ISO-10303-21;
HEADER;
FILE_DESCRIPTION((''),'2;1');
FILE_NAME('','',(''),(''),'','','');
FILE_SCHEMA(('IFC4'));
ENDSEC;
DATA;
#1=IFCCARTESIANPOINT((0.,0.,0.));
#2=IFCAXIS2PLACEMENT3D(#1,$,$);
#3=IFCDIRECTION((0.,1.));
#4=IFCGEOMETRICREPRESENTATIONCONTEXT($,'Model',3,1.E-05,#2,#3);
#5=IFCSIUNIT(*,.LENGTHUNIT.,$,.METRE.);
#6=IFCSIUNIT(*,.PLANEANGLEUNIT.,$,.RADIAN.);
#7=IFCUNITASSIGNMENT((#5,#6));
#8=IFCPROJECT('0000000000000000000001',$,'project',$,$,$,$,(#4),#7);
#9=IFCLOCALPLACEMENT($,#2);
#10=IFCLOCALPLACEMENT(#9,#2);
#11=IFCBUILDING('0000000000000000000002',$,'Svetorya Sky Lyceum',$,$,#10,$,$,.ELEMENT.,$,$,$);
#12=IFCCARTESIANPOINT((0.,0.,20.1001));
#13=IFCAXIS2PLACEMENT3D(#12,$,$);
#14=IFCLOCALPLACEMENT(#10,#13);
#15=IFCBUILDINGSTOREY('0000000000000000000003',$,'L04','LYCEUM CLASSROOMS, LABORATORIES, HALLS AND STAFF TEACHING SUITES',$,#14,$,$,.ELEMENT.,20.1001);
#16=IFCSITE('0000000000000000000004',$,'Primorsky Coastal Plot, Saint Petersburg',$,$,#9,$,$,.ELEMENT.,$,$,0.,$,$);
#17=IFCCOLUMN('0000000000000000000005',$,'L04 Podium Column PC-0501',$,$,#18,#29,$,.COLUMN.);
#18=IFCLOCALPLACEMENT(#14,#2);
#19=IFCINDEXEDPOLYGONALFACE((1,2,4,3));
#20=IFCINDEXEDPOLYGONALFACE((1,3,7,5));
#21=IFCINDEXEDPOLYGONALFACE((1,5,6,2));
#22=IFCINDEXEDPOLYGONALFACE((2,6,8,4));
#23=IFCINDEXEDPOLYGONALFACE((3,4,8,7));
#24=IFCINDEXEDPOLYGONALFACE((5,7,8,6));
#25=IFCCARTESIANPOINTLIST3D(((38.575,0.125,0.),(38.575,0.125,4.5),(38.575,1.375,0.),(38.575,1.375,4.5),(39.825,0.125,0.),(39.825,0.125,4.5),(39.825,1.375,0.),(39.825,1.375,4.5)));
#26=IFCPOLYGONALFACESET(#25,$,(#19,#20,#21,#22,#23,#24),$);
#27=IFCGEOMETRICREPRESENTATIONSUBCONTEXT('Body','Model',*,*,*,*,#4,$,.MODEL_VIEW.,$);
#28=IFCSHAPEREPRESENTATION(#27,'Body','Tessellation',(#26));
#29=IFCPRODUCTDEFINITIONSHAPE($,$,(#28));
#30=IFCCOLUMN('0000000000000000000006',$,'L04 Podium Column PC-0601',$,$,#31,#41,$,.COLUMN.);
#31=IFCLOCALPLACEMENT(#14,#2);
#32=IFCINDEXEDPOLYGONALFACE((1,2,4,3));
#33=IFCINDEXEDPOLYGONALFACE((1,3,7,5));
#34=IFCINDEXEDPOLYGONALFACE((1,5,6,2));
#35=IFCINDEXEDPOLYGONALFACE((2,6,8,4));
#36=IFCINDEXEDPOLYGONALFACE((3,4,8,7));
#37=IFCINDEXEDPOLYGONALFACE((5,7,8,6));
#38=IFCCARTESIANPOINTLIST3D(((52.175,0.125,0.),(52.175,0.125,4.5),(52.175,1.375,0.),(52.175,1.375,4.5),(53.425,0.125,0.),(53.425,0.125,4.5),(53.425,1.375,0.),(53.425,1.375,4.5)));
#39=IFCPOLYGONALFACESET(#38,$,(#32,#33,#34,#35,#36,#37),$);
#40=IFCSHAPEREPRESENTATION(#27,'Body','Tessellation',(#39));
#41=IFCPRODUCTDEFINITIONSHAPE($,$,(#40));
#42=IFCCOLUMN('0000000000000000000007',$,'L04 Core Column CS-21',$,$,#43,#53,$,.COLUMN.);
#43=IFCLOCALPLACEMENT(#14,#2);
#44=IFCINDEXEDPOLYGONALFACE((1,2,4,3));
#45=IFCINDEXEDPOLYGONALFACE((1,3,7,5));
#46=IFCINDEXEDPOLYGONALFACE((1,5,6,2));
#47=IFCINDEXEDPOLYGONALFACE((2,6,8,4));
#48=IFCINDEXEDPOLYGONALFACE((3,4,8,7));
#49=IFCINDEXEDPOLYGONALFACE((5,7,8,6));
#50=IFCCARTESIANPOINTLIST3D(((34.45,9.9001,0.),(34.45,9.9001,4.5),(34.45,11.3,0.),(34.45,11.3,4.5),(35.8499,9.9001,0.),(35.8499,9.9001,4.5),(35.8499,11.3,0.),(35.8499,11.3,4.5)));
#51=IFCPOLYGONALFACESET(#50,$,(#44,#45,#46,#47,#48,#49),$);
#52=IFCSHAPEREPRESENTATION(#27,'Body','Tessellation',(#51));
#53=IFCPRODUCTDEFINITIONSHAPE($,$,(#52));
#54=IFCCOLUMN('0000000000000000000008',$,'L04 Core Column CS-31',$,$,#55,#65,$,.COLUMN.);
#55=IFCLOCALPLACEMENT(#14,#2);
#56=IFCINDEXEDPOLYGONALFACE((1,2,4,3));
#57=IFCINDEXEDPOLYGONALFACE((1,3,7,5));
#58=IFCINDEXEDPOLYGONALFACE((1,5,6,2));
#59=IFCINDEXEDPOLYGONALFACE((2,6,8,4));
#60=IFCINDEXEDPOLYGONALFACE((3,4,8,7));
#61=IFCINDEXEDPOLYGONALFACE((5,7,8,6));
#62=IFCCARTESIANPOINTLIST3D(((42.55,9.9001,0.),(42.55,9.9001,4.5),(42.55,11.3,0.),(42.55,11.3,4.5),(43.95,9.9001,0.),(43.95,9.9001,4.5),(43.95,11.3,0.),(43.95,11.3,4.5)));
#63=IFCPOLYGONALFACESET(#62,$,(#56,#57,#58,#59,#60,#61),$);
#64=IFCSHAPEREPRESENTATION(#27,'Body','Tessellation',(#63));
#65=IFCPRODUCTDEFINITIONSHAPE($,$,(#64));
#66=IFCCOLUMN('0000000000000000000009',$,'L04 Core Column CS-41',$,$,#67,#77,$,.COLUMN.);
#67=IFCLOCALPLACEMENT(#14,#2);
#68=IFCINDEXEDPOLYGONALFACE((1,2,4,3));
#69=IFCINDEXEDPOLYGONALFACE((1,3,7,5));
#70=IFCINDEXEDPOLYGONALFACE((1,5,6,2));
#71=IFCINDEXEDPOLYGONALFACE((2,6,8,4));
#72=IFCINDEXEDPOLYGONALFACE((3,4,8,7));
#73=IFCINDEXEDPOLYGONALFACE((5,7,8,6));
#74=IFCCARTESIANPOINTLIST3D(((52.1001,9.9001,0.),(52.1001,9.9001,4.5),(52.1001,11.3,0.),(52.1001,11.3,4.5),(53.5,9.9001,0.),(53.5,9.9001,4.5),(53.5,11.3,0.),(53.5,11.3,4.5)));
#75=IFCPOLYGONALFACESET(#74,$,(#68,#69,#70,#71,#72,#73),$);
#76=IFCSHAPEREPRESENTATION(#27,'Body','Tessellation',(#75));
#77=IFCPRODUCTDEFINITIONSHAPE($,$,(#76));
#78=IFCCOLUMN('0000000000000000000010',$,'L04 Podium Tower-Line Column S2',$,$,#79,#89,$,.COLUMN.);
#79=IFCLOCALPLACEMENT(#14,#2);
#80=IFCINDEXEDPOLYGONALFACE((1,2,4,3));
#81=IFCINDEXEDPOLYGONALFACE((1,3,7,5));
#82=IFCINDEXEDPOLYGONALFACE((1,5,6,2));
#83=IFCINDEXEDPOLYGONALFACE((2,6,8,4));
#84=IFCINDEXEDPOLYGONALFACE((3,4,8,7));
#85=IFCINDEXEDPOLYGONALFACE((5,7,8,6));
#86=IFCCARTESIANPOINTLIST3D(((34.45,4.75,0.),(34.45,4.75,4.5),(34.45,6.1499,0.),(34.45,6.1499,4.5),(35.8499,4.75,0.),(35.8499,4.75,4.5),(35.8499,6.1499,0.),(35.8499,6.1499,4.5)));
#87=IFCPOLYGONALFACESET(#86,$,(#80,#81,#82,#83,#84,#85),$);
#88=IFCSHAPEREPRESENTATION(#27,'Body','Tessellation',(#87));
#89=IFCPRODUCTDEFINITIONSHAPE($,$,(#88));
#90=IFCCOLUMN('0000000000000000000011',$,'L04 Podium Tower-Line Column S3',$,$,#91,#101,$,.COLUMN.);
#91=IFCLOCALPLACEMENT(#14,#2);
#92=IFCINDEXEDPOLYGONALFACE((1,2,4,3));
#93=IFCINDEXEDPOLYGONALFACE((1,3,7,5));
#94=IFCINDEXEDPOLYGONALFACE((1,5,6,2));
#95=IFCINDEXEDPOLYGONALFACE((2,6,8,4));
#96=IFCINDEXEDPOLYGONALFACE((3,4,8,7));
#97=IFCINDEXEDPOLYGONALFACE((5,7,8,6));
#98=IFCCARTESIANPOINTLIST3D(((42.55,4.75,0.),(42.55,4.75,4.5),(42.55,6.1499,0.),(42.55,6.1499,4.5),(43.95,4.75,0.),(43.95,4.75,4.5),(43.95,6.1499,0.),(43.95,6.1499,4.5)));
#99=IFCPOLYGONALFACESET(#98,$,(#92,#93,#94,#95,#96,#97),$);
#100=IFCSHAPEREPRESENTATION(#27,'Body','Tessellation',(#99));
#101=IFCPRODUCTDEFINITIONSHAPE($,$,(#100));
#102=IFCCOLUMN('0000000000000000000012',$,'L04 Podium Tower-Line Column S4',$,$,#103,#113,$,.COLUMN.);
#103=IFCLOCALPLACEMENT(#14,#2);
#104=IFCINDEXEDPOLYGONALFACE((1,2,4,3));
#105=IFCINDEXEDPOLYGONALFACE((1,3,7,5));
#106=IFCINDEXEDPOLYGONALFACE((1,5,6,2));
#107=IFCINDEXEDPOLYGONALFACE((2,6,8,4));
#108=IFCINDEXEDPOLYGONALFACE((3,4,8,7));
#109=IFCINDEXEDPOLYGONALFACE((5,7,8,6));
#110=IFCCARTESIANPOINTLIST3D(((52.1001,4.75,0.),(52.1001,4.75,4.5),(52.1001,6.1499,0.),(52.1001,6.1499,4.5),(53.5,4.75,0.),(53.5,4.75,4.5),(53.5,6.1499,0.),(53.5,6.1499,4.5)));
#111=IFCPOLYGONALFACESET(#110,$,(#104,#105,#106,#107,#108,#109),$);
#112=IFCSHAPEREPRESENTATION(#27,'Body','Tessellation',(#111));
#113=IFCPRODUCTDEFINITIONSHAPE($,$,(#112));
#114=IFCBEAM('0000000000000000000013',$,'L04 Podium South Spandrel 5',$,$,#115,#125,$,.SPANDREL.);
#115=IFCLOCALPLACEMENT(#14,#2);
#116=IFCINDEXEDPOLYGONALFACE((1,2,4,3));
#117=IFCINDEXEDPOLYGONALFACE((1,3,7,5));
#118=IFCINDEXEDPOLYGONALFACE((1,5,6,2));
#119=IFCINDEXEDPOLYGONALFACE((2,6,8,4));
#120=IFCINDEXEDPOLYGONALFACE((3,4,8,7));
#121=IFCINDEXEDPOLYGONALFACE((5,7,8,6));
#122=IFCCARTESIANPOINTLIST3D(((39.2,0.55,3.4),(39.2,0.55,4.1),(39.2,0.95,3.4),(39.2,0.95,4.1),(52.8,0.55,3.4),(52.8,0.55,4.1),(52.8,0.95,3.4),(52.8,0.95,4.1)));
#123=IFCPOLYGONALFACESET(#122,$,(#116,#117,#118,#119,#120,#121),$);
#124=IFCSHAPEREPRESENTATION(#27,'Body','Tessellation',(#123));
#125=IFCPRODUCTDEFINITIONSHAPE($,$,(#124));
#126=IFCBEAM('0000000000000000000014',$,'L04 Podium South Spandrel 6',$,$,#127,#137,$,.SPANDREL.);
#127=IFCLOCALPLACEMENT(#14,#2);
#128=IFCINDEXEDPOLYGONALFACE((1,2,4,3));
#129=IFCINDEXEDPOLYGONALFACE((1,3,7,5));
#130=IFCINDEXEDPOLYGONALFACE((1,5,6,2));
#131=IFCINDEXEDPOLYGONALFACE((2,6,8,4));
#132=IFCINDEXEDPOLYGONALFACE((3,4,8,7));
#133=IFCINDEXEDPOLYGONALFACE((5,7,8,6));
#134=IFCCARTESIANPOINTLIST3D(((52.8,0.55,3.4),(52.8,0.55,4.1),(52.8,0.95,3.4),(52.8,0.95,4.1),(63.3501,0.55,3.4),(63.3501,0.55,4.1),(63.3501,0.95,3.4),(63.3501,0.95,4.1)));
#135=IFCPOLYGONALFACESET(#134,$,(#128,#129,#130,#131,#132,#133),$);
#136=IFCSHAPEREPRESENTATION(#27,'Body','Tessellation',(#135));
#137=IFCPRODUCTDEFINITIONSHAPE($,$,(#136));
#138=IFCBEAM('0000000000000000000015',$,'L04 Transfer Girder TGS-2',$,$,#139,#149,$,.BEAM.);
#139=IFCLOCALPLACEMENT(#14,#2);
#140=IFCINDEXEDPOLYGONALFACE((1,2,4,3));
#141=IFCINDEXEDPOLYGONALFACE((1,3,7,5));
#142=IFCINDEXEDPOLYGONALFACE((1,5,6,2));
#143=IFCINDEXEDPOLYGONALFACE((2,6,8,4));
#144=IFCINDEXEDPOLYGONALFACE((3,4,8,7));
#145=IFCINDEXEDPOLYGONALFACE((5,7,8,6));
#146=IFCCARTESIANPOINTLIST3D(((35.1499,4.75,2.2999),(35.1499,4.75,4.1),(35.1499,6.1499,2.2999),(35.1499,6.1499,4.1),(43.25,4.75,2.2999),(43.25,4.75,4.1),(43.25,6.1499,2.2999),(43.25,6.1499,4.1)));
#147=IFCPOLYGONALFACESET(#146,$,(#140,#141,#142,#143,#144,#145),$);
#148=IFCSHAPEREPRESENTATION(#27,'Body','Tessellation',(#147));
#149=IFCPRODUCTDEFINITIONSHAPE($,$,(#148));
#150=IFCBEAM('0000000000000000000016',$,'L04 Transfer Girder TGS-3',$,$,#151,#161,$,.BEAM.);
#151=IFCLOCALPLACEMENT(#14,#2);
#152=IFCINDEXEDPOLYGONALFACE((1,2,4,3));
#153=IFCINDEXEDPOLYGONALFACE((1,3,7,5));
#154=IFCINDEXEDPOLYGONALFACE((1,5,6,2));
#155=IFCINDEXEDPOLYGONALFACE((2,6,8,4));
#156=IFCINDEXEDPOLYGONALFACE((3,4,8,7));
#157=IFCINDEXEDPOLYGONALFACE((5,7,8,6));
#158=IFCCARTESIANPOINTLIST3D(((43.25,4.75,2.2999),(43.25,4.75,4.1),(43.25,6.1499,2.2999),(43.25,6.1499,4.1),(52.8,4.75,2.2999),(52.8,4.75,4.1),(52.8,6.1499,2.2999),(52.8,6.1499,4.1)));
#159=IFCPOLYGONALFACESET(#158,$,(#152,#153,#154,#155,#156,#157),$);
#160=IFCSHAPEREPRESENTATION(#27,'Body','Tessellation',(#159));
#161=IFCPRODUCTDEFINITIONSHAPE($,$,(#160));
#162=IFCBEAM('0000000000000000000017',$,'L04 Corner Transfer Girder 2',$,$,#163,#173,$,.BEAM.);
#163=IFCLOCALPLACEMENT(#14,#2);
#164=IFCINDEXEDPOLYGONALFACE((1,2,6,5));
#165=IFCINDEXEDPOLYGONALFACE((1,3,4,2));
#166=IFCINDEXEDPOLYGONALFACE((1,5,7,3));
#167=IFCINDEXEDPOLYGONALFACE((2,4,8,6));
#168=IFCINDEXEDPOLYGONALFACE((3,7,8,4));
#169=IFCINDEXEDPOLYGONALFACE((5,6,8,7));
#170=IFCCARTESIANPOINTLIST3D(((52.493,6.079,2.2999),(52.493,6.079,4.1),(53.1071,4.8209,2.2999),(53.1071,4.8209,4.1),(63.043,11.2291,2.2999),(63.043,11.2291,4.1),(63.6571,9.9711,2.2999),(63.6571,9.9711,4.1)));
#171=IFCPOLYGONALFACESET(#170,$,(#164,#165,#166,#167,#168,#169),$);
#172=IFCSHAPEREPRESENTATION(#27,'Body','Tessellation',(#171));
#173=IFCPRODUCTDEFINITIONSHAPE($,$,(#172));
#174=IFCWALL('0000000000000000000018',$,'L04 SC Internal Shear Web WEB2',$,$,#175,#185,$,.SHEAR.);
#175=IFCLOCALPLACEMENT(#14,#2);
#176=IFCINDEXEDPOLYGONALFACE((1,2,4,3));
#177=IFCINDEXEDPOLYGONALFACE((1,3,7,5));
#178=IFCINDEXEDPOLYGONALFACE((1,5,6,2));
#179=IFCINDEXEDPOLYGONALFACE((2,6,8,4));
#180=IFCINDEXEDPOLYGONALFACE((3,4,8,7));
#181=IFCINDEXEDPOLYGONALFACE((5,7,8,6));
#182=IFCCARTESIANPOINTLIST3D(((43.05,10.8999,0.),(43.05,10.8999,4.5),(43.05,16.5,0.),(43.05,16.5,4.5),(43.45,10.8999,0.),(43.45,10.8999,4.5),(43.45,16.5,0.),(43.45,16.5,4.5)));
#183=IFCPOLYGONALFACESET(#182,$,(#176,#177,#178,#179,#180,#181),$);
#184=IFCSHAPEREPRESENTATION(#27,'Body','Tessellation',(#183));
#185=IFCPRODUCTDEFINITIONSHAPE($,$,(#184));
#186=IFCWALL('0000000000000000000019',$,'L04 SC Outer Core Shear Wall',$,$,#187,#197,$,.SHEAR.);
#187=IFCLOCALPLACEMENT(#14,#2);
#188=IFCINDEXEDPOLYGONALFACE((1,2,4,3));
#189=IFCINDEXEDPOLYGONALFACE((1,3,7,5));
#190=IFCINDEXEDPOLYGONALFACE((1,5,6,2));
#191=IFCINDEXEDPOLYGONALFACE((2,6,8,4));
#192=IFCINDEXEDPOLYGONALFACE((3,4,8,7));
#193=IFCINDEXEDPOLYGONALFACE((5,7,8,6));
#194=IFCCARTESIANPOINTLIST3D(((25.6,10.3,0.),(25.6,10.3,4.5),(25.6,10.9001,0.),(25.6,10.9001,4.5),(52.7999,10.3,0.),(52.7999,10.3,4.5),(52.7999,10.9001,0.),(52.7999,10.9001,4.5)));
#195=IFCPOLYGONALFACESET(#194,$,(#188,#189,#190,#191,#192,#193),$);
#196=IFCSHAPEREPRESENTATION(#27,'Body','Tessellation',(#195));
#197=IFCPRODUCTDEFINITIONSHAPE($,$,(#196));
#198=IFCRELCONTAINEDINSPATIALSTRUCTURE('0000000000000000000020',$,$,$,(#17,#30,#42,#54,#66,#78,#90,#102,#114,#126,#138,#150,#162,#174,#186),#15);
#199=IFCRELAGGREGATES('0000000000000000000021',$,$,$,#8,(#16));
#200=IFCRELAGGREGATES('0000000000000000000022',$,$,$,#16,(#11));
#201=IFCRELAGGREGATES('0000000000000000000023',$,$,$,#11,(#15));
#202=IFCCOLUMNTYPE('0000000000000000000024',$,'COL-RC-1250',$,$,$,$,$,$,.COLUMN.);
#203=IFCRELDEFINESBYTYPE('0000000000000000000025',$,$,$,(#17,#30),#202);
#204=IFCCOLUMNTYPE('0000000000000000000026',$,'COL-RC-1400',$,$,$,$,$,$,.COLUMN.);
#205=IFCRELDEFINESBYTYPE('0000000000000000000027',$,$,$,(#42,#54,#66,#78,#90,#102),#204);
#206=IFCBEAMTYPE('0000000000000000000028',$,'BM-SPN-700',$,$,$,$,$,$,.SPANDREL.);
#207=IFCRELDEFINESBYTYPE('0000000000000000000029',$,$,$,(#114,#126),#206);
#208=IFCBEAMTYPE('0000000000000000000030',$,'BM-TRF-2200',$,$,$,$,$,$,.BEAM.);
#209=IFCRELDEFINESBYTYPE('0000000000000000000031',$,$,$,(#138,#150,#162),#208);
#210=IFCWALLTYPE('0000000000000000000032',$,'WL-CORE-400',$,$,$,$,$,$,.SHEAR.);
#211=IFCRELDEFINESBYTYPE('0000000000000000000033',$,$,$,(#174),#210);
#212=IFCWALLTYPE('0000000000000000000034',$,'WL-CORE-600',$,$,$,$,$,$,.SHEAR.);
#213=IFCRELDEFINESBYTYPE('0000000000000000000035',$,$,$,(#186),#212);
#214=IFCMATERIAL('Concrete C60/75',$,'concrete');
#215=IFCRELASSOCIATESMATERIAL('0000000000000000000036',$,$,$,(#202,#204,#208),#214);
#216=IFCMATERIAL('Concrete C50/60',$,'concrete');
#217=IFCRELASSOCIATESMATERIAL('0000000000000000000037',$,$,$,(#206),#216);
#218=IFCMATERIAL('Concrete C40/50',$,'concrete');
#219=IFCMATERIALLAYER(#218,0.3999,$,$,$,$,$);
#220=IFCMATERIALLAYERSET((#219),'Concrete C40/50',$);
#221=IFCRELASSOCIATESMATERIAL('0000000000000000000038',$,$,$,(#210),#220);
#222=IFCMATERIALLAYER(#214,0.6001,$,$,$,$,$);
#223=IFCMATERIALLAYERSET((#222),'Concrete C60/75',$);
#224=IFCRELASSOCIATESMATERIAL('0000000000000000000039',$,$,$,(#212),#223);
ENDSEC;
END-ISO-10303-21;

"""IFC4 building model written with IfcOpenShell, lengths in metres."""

from ifc_helpers import new_model, si_unit, direction, frame, frame_2d, origin, origin_2d, place, context, subcontext, project, spatial, rectangle, extrude, material, layer, layer_set, material_profile, profile_set, type_object, element, save


model = new_model("IFC4")

# Units and contexts
model_context = context("Model", 3, precision=1e-05, world=origin(), true_north=direction((0.0, 1.0)))
body_context = subcontext(model_context, "Body", "Model", "MODEL_VIEW")
ifc_project = project(units=[si_unit("LENGTHUNIT", "METRE"), si_unit("PLANEANGLEUNIT", "RADIAN")], contexts=[model_context])

# Site, building, storey
site_placement = place(None, origin())
site = spatial("IfcSite", under=ifc_project, at=site_placement, Name="Primorsky Coastal Plot, Saint Petersburg", CompositionType="ELEMENT", RefElevation=0.0)
building_placement = place(site_placement, origin())
building = spatial("IfcBuilding", under=site, at=building_placement, Name="Svetorya Sky Lyceum", CompositionType="ELEMENT")
storey_placement = place(building_placement, frame((0.0, 0.0, 20.1001)))
storey = spatial("IfcBuildingStorey", under=building, at=storey_placement, Name="L04", Description="LYCEUM CLASSROOMS, LABORATORIES, HALLS AND STAFF TEACHING SUITES", CompositionType="ELEMENT", Elevation=20.1001)

# Columns
ifc_material_1 = material(Name="Concrete C60/75", Category="concrete")
ifc_material_profile_1 = material_profile(ifc_material_1, rectangle(XDim=1.25, YDim=1.25, at=origin_2d()), Name="RC COL 1250x1250")
ifc_profile_set_1 = profile_set([ifc_material_profile_1], Name="Concrete C60/75")
column_type_1 = type_object("IfcColumnType", Name="COL-RC-1250", PredefinedType="COLUMN", material=ifc_profile_set_1)
for number, where, z_axis, x_axis, name in (
    (1, (39.2, 0.75, 0.0), (0.0, 0.0, 1.0), (1.0, 0.0, 0.0), "L04 Podium Column PC-0501"),
    (2, (52.8, 0.75, 0.0), (0.0, 0.0, 1.0), (1.0, 0.0, 0.0), "L04 Podium Column PC-0601"),
):
    element("IfcColumn", number, at=place(storey_placement, frame(where, z_axis=z_axis, x_axis=x_axis)), inside=storey, type_object=column_type_1, Name=name, PredefinedType="COLUMN", context=body_context, shape_type="SweptSolid", body=[
        extrude(rectangle(XDim=1.25, YDim=1.25, at=origin_2d()), origin(), (0.0, 0.0, 1.0), 4.5),
    ])
ifc_material_profile_2 = material_profile(ifc_material_1, rectangle(XDim=1.3999, YDim=1.3999, at=origin_2d()), Name="RC COL 1400x1400")
ifc_profile_set_2 = profile_set([ifc_material_profile_2], Name="Concrete C60/75")
column_type_2 = type_object("IfcColumnType", Name="COL-RC-1400", PredefinedType="COLUMN", material=ifc_profile_set_2)
for number, where, z_axis, x_axis, name in (
    (3, (35.1499, 10.6001, 0.0), (0.0, 0.0, 1.0), (1.0, 0.0, 0.0), "L04 Core Column CS-21"),
    (4, (43.25, 10.6001, 0.0), (0.0, 0.0, 1.0), (1.0, 0.0, 0.0), "L04 Core Column CS-31"),
    (5, (52.8, 10.6001, 0.0), (0.0, 0.0, 1.0), (1.0, 0.0, 0.0), "L04 Core Column CS-41"),
    (6, (35.1499, 5.45, 0.0), (0.0, 0.0, 1.0), (1.0, 0.0, 0.0), "L04 Podium Tower-Line Column S2"),
    (7, (43.25, 5.45, 0.0), (0.0, 0.0, 1.0), (1.0, 0.0, 0.0), "L04 Podium Tower-Line Column S3"),
    (8, (52.8, 5.45, 0.0), (0.0, 0.0, 1.0), (1.0, 0.0, 0.0), "L04 Podium Tower-Line Column S4"),
):
    element("IfcColumn", number, at=place(storey_placement, frame(where, z_axis=z_axis, x_axis=x_axis)), inside=storey, type_object=column_type_2, Name=name, PredefinedType="COLUMN", context=body_context, shape_type="SweptSolid", body=[
        extrude(rectangle(XDim=1.3999, YDim=1.3999, at=origin_2d()), origin(), (0.0, 0.0, 1.0), 4.5),
    ])

# Beams
ifc_material_2 = material(Name="Concrete C50/60", Category="concrete")
ifc_material_profile_3 = material_profile(ifc_material_2, rectangle(XDim=0.3999, YDim=0.7, at=origin_2d()), Name="RC SPANDREL 400x700")
ifc_profile_set_3 = profile_set([ifc_material_profile_3], Name="Concrete C50/60")
beam_type_1 = type_object("IfcBeamType", Name="BM-SPN-700", PredefinedType="SPANDREL", material=ifc_profile_set_3)
beam_1_placement = place(storey_placement, frame((39.2, 0.75, 3.75), z_axis=(1.0, 0.0, 0.0), x_axis=(0.0, 1.0, 0.0)))
element("IfcBeam", 9, at=beam_1_placement, inside=storey, type_object=beam_type_1, Name="L04 Podium South Spandrel 5", PredefinedType="SPANDREL", context=body_context, shape_type="SweptSolid", body=[
    extrude(rectangle(XDim=0.3999, YDim=0.7, at=origin_2d()), origin(), (0.0, 0.0, 1.0), 13.6001),
])
beam_2_placement = place(storey_placement, frame((52.8, 0.75, 3.75), z_axis=(1.0, 0.0, 0.0), x_axis=(0.0, 1.0, 0.0)))
element("IfcBeam", 10, at=beam_2_placement, inside=storey, type_object=beam_type_1, Name="L04 Podium South Spandrel 6", PredefinedType="SPANDREL", context=body_context, shape_type="SweptSolid", body=[
    extrude(rectangle(XDim=0.3999, YDim=0.7, at=origin_2d()), origin(), (0.0, 0.0, 1.0), 10.55),
])
ifc_material_profile_4 = material_profile(ifc_material_1, rectangle(XDim=1.3999, YDim=1.8, at=origin_2d()), Name="RC TRANSFER 1400x1800")
ifc_profile_set_4 = profile_set([ifc_material_profile_4], Name="Concrete C60/75")
beam_type_2 = type_object("IfcBeamType", Name="BM-TRF-2200", PredefinedType="BEAM", material=ifc_profile_set_4)
beam_3_placement = place(storey_placement, frame((35.1499, 5.45, 3.2), z_axis=(1.0, 0.0, 0.0), x_axis=(0.0, 1.0, 0.0)))
element("IfcBeam", 11, at=beam_3_placement, inside=storey, type_object=beam_type_2, Name="L04 Transfer Girder TGS-2", PredefinedType="BEAM", context=body_context, shape_type="SweptSolid", body=[
    extrude(rectangle(XDim=1.3999, YDim=1.8, at=origin_2d()), origin(), (0.0, 0.0, 1.0), 8.1001),
])
beam_4_placement = place(storey_placement, frame((43.25, 5.45, 3.2), z_axis=(1.0, 0.0, 0.0), x_axis=(0.0, 1.0, 0.0)))
element("IfcBeam", 12, at=beam_4_placement, inside=storey, type_object=beam_type_2, Name="L04 Transfer Girder TGS-3", PredefinedType="BEAM", context=body_context, shape_type="SweptSolid", body=[
    extrude(rectangle(XDim=1.3999, YDim=1.8, at=origin_2d()), origin(), (0.0, 0.0, 1.0), 9.55),
])
beam_5_placement = place(storey_placement, frame((52.8, 5.45, 3.2), z_axis=(0.898641, 0.438684, 0.0), x_axis=(-0.438684, 0.898641, 0.0)))
element("IfcBeam", 13, at=beam_5_placement, inside=storey, type_object=beam_type_2, Name="L04 Corner Transfer Girder 2", PredefinedType="BEAM", context=body_context, shape_type="SweptSolid", body=[
    extrude(rectangle(XDim=1.3999, YDim=1.8, at=origin_2d()), origin(), (0.0, 0.0, 1.0), 11.74),
])

# Walls
ifc_material_3 = material(Name="Concrete C40/50", Category="concrete")
ifc_layer_1 = layer(ifc_material_3, 0.3999)
ifc_layer_set_1 = layer_set([ifc_layer_1], Name="Concrete C40/50")
wall_type_1 = type_object("IfcWallType", Name="WL-CORE-400", PredefinedType="SHEAR", material=ifc_layer_set_1)
wall_1_placement = place(storey_placement, frame((43.25, 10.8999, 0.0), z_axis=(0.0, 0.0, 1.0), x_axis=(0.0, 1.0, 0.0)))
element("IfcWall", 14, at=wall_1_placement, inside=storey, type_object=wall_type_1, Name="L04 SC Internal Shear Web WEB2", PredefinedType="SHEAR", context=body_context, shape_type="SweptSolid", body=[
    extrude(rectangle(XDim=5.6001, YDim=0.3999, at=frame_2d((2.8, 0.0))), origin(), (0.0, 0.0, 1.0), 4.5),
])
ifc_layer_2 = layer(ifc_material_1, 0.6001)
ifc_layer_set_2 = layer_set([ifc_layer_2], Name="Concrete C60/75")
wall_type_2 = type_object("IfcWallType", Name="WL-CORE-600", PredefinedType="SHEAR", material=ifc_layer_set_2)
wall_2_placement = place(storey_placement, frame((52.8, 10.6001, 0.0), z_axis=(0.0, 0.0, 1.0), x_axis=(-1.0, 0.0, 0.0)))
element("IfcWall", 15, at=wall_2_placement, inside=storey, type_object=wall_type_2, Name="L04 SC Outer Core Shear Wall", PredefinedType="SHEAR", context=body_context, shape_type="SweptSolid", body=[
    extrude(rectangle(XDim=27.2, YDim=0.6001, at=frame_2d((13.6001, 0.0))), origin(), (0.0, 0.0, 1.0), 4.5),
])

save(model, "model.ifc")
